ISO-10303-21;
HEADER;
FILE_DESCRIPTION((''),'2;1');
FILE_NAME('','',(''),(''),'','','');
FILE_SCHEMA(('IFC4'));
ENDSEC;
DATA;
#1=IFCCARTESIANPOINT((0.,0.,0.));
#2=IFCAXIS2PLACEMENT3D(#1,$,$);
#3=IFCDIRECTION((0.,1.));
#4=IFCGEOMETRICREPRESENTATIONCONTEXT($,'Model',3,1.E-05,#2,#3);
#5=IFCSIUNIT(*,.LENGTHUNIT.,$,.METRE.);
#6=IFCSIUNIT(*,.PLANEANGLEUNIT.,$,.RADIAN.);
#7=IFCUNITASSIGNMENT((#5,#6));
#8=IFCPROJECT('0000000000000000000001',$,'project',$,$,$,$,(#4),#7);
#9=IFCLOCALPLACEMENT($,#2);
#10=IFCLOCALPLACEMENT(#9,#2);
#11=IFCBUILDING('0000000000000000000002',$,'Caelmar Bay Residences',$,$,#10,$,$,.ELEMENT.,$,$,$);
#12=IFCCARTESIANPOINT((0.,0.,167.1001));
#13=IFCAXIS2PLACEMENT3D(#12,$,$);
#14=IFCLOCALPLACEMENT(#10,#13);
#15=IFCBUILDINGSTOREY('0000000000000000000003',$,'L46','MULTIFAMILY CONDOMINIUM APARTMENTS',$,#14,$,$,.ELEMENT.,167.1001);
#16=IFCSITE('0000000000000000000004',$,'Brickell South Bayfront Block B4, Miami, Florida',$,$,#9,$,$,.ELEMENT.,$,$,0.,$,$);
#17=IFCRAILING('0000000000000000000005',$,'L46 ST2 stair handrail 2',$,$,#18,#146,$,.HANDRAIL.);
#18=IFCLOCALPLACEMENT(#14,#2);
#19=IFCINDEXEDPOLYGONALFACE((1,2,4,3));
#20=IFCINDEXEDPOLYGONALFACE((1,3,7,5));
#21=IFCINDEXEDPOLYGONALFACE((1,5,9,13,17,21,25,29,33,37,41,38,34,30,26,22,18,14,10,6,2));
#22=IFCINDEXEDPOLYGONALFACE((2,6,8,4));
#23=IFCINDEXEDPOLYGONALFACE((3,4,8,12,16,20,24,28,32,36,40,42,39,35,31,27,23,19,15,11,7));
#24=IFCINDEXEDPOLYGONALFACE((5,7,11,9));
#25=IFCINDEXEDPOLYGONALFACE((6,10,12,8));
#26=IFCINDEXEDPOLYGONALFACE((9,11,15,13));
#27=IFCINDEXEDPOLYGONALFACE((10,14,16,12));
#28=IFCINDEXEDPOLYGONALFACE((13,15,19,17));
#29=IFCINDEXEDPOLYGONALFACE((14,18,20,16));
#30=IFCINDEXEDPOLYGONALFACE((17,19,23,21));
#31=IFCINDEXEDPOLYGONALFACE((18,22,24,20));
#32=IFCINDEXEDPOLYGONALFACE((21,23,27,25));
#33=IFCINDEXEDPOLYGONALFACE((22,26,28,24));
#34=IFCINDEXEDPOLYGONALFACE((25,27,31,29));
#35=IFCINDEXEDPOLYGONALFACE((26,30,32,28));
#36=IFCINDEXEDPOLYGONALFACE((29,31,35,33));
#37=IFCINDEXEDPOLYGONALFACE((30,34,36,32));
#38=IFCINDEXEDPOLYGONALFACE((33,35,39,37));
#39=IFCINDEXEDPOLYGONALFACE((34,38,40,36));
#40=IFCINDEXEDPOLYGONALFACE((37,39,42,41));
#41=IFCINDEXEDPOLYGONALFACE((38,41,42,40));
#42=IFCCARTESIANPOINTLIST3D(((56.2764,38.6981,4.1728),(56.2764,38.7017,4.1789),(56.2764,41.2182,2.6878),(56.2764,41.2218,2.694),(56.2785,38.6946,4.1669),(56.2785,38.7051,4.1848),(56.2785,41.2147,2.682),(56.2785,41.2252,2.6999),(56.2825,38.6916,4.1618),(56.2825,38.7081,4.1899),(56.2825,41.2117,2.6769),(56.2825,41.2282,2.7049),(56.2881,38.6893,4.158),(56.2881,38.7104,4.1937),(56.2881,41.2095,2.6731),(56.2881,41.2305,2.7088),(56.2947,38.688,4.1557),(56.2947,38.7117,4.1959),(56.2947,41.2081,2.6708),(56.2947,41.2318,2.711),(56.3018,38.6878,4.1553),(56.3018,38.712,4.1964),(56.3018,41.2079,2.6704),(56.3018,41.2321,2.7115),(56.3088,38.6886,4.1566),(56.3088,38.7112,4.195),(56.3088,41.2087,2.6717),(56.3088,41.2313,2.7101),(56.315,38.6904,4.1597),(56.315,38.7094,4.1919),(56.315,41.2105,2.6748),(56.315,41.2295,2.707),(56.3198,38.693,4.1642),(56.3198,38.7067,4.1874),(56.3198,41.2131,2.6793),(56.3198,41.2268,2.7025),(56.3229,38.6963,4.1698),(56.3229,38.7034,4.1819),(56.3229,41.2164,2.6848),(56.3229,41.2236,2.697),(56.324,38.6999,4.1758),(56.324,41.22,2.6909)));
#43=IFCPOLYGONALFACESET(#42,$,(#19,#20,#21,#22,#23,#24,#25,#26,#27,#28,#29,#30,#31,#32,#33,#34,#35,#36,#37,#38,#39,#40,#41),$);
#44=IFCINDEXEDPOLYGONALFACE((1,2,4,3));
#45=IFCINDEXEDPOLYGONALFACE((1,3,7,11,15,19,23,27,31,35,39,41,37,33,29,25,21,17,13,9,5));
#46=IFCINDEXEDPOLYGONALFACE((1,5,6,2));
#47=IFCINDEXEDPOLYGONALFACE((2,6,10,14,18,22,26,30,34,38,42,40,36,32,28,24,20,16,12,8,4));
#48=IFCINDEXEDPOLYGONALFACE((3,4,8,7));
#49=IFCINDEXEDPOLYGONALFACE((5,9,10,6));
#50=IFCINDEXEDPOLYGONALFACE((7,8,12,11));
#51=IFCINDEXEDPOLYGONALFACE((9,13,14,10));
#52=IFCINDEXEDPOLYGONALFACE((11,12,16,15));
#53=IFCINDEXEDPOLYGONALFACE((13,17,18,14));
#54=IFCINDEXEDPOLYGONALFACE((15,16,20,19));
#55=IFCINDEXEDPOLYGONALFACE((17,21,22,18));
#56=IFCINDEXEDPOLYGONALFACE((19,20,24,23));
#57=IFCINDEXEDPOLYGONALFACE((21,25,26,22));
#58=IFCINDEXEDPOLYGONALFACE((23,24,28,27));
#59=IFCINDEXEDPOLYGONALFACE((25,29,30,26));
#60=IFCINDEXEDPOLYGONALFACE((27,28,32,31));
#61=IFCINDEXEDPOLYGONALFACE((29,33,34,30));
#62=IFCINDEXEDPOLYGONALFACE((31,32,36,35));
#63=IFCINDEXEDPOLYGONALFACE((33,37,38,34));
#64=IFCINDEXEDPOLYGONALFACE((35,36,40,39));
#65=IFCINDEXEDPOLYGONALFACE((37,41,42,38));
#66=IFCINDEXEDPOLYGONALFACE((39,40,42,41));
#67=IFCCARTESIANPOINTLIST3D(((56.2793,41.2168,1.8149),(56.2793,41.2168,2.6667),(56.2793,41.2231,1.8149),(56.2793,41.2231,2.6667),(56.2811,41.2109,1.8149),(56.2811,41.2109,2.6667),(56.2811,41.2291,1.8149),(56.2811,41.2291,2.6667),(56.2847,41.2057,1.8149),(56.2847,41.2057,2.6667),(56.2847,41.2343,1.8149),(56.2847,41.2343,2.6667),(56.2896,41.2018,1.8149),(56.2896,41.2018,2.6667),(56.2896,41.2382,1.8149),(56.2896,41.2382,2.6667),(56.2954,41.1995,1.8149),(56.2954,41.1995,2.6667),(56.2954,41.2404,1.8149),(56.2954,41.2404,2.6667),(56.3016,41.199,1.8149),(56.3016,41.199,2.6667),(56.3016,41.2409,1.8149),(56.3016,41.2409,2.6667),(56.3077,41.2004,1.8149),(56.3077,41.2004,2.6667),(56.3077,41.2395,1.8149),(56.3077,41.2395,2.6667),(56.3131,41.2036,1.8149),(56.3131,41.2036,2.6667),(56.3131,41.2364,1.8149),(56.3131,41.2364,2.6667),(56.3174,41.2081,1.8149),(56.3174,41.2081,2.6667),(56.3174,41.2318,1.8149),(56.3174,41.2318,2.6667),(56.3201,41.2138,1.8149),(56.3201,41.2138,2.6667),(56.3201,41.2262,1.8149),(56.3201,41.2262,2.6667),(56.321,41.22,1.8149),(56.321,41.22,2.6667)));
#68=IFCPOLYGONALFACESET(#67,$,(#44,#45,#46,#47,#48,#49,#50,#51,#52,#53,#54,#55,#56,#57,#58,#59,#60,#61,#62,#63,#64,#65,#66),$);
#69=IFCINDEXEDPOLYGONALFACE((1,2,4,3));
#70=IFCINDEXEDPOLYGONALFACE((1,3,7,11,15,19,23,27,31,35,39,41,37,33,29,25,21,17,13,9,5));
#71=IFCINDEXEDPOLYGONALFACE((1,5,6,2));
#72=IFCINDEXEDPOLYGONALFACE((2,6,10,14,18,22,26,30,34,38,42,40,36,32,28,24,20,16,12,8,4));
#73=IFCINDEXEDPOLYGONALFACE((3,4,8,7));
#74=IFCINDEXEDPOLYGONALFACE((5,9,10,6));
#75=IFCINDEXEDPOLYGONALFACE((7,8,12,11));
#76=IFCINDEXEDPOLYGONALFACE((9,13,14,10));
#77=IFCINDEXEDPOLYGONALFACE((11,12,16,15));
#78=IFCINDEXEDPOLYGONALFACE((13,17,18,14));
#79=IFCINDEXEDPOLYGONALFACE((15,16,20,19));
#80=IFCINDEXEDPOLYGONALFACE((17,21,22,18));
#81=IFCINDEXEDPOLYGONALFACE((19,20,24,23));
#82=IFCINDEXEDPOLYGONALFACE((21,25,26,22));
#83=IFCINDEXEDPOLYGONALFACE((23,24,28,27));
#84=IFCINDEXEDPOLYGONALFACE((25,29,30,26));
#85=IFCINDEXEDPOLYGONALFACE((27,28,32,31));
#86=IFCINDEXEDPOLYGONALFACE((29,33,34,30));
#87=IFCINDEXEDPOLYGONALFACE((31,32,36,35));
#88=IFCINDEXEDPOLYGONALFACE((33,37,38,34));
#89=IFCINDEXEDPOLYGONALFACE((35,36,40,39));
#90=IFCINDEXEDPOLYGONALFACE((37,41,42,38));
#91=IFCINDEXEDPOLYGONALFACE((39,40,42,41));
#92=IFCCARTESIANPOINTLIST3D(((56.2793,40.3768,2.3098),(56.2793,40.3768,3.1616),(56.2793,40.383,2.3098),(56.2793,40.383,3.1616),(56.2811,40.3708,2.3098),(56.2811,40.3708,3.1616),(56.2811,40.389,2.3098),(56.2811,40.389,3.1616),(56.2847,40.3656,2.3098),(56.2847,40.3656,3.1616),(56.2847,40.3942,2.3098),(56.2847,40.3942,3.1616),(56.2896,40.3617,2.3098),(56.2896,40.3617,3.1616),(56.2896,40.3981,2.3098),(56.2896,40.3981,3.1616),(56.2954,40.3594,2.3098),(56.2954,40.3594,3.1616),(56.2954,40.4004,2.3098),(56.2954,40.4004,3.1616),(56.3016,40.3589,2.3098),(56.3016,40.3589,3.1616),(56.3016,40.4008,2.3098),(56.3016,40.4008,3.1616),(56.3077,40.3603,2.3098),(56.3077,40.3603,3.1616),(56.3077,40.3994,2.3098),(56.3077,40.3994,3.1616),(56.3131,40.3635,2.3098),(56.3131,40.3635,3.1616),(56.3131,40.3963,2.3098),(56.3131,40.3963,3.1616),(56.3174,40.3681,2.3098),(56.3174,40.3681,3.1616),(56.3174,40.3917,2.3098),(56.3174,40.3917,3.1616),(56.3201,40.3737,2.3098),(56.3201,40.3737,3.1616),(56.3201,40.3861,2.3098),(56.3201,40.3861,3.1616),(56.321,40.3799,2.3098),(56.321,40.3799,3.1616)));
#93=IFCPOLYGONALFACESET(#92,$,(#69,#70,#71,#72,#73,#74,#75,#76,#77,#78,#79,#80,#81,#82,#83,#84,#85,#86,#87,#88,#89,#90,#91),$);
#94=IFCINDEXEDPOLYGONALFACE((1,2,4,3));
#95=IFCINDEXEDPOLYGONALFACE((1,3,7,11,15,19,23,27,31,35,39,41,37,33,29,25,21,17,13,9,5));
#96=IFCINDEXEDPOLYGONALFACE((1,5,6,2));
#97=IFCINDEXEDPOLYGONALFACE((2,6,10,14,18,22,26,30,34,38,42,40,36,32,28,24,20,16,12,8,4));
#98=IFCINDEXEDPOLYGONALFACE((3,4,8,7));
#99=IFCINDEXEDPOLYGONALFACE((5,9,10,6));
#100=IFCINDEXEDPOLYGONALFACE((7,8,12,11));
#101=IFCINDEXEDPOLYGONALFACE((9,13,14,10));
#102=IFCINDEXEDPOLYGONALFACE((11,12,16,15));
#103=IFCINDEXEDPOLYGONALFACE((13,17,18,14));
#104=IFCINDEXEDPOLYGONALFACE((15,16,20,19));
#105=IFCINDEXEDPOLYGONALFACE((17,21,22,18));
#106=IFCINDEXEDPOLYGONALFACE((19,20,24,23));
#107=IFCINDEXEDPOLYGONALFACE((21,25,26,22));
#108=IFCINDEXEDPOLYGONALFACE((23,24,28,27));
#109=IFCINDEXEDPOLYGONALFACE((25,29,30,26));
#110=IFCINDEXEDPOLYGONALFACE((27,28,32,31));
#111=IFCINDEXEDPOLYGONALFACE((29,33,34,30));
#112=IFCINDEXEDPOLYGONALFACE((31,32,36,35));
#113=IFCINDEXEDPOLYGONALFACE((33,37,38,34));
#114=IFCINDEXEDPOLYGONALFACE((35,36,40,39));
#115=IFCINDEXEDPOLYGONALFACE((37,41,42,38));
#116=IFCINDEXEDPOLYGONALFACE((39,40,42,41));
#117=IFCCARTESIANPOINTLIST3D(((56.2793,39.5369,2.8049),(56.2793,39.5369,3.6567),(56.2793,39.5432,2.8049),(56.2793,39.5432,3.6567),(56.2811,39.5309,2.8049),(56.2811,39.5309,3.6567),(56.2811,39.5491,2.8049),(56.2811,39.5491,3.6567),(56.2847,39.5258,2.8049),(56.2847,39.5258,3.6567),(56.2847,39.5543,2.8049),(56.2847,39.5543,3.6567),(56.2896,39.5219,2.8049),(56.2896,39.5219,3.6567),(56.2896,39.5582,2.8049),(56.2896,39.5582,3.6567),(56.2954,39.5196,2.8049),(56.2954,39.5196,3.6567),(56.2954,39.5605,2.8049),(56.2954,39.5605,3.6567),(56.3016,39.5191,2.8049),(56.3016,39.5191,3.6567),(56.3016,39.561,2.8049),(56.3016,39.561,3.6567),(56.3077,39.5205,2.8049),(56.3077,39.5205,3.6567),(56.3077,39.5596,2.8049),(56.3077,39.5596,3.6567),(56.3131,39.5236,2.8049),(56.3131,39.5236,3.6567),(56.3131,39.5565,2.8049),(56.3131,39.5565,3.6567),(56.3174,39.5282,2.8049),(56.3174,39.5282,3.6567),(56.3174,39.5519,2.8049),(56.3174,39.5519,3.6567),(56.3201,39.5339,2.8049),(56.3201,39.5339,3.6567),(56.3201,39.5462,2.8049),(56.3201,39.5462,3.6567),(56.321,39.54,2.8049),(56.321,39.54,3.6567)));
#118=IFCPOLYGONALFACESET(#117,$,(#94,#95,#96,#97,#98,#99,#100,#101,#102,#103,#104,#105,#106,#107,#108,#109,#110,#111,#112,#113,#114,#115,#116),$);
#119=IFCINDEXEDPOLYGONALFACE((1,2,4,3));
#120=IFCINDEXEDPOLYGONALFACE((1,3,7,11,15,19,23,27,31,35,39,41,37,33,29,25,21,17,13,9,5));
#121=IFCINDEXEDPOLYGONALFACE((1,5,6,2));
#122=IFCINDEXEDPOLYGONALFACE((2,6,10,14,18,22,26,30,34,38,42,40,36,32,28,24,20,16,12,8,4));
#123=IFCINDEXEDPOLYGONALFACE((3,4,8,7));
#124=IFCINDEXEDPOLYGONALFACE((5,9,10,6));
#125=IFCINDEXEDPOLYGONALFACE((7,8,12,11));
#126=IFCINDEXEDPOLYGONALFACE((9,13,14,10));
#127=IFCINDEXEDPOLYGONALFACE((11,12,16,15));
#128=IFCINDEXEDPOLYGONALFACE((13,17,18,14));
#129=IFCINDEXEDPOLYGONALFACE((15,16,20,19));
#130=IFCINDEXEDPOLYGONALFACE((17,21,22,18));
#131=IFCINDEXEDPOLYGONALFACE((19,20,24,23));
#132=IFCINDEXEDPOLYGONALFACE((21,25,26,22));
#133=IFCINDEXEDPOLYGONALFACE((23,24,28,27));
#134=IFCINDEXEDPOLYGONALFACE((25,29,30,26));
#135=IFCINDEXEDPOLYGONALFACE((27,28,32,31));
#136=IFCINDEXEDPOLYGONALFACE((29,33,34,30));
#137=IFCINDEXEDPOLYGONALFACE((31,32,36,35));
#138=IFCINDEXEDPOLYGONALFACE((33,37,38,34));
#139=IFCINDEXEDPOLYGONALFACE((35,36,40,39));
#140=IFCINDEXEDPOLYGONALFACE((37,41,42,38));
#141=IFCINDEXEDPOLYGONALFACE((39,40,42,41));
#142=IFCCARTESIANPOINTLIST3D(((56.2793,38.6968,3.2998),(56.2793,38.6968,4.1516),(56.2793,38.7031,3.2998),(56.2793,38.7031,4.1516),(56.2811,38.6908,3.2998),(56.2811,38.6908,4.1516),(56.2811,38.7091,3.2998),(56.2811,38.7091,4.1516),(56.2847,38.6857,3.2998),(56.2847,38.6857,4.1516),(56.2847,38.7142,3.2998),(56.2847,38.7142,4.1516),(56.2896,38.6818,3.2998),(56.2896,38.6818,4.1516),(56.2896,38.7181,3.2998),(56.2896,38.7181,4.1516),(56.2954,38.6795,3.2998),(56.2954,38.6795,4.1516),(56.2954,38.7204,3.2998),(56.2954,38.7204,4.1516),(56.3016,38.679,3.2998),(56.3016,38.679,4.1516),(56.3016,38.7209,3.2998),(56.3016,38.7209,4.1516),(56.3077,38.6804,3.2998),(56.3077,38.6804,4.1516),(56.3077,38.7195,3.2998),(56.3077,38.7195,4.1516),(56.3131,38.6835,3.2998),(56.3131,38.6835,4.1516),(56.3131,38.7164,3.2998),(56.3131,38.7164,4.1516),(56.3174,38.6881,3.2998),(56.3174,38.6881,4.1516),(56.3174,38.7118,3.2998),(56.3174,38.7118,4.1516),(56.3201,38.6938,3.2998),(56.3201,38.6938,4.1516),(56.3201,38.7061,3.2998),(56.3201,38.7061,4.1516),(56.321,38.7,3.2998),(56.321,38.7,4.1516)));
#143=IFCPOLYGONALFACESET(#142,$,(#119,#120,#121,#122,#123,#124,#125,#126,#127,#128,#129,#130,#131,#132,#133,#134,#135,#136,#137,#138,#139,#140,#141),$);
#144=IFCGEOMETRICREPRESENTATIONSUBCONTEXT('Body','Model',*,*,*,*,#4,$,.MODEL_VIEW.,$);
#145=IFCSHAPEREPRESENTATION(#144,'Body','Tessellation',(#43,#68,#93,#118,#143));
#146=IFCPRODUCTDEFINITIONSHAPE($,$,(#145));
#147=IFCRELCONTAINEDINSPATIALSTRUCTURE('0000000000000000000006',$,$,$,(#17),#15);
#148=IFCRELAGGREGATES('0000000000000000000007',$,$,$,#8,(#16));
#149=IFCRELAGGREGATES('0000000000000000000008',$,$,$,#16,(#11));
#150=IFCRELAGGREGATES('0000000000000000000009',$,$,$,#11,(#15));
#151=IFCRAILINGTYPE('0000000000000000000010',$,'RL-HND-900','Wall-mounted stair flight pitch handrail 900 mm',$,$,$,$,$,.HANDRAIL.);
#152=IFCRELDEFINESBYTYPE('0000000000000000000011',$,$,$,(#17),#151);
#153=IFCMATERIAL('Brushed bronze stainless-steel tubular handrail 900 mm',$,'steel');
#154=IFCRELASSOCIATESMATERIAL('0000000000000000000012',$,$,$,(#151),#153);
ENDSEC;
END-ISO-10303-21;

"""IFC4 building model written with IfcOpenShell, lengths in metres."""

from ifc_helpers import new_model, si_unit, direction, frame, origin, origin_2d, place, context, subcontext, project, spatial, circle, extrude, material, type_object, element, save


model = new_model("IFC4")

# Units and contexts
model_context = context("Model", 3, precision=1e-05, world=origin(), true_north=direction((0.0, 1.0)))
body_context = subcontext(model_context, "Body", "Model", "MODEL_VIEW")
ifc_project = project(units=[si_unit("LENGTHUNIT", "METRE"), si_unit("PLANEANGLEUNIT", "RADIAN")], contexts=[model_context])

# Site, building, storey
site_placement = place(None, origin())
site = spatial("IfcSite", under=ifc_project, at=site_placement, Name="Brickell South Bayfront Block B4, Miami, Florida", CompositionType="ELEMENT", RefElevation=0.0)
building_placement = place(site_placement, origin())
building = spatial("IfcBuilding", under=site, at=building_placement, Name="Caelmar Bay Residences", CompositionType="ELEMENT")
storey_placement = place(building_placement, frame((0.0, 0.0, 167.1001)))
storey = spatial("IfcBuildingStorey", under=building, at=storey_placement, Name="L46", Description="MULTIFAMILY CONDOMINIUM APARTMENTS", CompositionType="ELEMENT", Elevation=167.1001)

# Railing
ifc_material_1 = material(Name="Brushed bronze stainless-steel tubular handrail 900 mm", Category="steel")
railing_type_1 = type_object("IfcRailingType", Name="RL-HND-900", Description="Wall-mounted stair flight pitch handrail 900 mm", PredefinedType="HANDRAIL", material=ifc_material_1)
railing_1_placement = place(storey_placement, frame((56.3, 41.22, 1.8149)))
element("IfcRailing", 1, at=railing_1_placement, inside=storey, type_object=railing_type_1, Name="L46 ST2 stair handrail 2", PredefinedType="HANDRAIL", context=body_context, shape_type="SweptSolid", body=[
    extrude(circle(Radius=0.0239, at=origin_2d()), frame((0.0, 0.0, 0.876), z_axis=(0.0, -0.861561, 0.507655), x_axis=(1.0, 0.0, 0.0)), (0.0, 0.0, 1.0), 2.925),
    extrude(circle(Radius=0.021, at=origin_2d()), origin(), (0.0, 0.0, 1.0), 0.8518),
    extrude(circle(Radius=0.021, at=origin_2d()), frame((0.0, -0.8401, 0.4949)), (0.0, 0.0, 1.0), 0.8518),
    extrude(circle(Radius=0.021, at=origin_2d()), frame((0.0, -1.6799, 0.99)), (0.0, 0.0, 1.0), 0.8518),
    extrude(circle(Radius=0.021, at=origin_2d()), frame((0.0, -2.52, 1.4849)), (0.0, 0.0, 1.0), 0.8518),
])

save(model, "model.ifc")
